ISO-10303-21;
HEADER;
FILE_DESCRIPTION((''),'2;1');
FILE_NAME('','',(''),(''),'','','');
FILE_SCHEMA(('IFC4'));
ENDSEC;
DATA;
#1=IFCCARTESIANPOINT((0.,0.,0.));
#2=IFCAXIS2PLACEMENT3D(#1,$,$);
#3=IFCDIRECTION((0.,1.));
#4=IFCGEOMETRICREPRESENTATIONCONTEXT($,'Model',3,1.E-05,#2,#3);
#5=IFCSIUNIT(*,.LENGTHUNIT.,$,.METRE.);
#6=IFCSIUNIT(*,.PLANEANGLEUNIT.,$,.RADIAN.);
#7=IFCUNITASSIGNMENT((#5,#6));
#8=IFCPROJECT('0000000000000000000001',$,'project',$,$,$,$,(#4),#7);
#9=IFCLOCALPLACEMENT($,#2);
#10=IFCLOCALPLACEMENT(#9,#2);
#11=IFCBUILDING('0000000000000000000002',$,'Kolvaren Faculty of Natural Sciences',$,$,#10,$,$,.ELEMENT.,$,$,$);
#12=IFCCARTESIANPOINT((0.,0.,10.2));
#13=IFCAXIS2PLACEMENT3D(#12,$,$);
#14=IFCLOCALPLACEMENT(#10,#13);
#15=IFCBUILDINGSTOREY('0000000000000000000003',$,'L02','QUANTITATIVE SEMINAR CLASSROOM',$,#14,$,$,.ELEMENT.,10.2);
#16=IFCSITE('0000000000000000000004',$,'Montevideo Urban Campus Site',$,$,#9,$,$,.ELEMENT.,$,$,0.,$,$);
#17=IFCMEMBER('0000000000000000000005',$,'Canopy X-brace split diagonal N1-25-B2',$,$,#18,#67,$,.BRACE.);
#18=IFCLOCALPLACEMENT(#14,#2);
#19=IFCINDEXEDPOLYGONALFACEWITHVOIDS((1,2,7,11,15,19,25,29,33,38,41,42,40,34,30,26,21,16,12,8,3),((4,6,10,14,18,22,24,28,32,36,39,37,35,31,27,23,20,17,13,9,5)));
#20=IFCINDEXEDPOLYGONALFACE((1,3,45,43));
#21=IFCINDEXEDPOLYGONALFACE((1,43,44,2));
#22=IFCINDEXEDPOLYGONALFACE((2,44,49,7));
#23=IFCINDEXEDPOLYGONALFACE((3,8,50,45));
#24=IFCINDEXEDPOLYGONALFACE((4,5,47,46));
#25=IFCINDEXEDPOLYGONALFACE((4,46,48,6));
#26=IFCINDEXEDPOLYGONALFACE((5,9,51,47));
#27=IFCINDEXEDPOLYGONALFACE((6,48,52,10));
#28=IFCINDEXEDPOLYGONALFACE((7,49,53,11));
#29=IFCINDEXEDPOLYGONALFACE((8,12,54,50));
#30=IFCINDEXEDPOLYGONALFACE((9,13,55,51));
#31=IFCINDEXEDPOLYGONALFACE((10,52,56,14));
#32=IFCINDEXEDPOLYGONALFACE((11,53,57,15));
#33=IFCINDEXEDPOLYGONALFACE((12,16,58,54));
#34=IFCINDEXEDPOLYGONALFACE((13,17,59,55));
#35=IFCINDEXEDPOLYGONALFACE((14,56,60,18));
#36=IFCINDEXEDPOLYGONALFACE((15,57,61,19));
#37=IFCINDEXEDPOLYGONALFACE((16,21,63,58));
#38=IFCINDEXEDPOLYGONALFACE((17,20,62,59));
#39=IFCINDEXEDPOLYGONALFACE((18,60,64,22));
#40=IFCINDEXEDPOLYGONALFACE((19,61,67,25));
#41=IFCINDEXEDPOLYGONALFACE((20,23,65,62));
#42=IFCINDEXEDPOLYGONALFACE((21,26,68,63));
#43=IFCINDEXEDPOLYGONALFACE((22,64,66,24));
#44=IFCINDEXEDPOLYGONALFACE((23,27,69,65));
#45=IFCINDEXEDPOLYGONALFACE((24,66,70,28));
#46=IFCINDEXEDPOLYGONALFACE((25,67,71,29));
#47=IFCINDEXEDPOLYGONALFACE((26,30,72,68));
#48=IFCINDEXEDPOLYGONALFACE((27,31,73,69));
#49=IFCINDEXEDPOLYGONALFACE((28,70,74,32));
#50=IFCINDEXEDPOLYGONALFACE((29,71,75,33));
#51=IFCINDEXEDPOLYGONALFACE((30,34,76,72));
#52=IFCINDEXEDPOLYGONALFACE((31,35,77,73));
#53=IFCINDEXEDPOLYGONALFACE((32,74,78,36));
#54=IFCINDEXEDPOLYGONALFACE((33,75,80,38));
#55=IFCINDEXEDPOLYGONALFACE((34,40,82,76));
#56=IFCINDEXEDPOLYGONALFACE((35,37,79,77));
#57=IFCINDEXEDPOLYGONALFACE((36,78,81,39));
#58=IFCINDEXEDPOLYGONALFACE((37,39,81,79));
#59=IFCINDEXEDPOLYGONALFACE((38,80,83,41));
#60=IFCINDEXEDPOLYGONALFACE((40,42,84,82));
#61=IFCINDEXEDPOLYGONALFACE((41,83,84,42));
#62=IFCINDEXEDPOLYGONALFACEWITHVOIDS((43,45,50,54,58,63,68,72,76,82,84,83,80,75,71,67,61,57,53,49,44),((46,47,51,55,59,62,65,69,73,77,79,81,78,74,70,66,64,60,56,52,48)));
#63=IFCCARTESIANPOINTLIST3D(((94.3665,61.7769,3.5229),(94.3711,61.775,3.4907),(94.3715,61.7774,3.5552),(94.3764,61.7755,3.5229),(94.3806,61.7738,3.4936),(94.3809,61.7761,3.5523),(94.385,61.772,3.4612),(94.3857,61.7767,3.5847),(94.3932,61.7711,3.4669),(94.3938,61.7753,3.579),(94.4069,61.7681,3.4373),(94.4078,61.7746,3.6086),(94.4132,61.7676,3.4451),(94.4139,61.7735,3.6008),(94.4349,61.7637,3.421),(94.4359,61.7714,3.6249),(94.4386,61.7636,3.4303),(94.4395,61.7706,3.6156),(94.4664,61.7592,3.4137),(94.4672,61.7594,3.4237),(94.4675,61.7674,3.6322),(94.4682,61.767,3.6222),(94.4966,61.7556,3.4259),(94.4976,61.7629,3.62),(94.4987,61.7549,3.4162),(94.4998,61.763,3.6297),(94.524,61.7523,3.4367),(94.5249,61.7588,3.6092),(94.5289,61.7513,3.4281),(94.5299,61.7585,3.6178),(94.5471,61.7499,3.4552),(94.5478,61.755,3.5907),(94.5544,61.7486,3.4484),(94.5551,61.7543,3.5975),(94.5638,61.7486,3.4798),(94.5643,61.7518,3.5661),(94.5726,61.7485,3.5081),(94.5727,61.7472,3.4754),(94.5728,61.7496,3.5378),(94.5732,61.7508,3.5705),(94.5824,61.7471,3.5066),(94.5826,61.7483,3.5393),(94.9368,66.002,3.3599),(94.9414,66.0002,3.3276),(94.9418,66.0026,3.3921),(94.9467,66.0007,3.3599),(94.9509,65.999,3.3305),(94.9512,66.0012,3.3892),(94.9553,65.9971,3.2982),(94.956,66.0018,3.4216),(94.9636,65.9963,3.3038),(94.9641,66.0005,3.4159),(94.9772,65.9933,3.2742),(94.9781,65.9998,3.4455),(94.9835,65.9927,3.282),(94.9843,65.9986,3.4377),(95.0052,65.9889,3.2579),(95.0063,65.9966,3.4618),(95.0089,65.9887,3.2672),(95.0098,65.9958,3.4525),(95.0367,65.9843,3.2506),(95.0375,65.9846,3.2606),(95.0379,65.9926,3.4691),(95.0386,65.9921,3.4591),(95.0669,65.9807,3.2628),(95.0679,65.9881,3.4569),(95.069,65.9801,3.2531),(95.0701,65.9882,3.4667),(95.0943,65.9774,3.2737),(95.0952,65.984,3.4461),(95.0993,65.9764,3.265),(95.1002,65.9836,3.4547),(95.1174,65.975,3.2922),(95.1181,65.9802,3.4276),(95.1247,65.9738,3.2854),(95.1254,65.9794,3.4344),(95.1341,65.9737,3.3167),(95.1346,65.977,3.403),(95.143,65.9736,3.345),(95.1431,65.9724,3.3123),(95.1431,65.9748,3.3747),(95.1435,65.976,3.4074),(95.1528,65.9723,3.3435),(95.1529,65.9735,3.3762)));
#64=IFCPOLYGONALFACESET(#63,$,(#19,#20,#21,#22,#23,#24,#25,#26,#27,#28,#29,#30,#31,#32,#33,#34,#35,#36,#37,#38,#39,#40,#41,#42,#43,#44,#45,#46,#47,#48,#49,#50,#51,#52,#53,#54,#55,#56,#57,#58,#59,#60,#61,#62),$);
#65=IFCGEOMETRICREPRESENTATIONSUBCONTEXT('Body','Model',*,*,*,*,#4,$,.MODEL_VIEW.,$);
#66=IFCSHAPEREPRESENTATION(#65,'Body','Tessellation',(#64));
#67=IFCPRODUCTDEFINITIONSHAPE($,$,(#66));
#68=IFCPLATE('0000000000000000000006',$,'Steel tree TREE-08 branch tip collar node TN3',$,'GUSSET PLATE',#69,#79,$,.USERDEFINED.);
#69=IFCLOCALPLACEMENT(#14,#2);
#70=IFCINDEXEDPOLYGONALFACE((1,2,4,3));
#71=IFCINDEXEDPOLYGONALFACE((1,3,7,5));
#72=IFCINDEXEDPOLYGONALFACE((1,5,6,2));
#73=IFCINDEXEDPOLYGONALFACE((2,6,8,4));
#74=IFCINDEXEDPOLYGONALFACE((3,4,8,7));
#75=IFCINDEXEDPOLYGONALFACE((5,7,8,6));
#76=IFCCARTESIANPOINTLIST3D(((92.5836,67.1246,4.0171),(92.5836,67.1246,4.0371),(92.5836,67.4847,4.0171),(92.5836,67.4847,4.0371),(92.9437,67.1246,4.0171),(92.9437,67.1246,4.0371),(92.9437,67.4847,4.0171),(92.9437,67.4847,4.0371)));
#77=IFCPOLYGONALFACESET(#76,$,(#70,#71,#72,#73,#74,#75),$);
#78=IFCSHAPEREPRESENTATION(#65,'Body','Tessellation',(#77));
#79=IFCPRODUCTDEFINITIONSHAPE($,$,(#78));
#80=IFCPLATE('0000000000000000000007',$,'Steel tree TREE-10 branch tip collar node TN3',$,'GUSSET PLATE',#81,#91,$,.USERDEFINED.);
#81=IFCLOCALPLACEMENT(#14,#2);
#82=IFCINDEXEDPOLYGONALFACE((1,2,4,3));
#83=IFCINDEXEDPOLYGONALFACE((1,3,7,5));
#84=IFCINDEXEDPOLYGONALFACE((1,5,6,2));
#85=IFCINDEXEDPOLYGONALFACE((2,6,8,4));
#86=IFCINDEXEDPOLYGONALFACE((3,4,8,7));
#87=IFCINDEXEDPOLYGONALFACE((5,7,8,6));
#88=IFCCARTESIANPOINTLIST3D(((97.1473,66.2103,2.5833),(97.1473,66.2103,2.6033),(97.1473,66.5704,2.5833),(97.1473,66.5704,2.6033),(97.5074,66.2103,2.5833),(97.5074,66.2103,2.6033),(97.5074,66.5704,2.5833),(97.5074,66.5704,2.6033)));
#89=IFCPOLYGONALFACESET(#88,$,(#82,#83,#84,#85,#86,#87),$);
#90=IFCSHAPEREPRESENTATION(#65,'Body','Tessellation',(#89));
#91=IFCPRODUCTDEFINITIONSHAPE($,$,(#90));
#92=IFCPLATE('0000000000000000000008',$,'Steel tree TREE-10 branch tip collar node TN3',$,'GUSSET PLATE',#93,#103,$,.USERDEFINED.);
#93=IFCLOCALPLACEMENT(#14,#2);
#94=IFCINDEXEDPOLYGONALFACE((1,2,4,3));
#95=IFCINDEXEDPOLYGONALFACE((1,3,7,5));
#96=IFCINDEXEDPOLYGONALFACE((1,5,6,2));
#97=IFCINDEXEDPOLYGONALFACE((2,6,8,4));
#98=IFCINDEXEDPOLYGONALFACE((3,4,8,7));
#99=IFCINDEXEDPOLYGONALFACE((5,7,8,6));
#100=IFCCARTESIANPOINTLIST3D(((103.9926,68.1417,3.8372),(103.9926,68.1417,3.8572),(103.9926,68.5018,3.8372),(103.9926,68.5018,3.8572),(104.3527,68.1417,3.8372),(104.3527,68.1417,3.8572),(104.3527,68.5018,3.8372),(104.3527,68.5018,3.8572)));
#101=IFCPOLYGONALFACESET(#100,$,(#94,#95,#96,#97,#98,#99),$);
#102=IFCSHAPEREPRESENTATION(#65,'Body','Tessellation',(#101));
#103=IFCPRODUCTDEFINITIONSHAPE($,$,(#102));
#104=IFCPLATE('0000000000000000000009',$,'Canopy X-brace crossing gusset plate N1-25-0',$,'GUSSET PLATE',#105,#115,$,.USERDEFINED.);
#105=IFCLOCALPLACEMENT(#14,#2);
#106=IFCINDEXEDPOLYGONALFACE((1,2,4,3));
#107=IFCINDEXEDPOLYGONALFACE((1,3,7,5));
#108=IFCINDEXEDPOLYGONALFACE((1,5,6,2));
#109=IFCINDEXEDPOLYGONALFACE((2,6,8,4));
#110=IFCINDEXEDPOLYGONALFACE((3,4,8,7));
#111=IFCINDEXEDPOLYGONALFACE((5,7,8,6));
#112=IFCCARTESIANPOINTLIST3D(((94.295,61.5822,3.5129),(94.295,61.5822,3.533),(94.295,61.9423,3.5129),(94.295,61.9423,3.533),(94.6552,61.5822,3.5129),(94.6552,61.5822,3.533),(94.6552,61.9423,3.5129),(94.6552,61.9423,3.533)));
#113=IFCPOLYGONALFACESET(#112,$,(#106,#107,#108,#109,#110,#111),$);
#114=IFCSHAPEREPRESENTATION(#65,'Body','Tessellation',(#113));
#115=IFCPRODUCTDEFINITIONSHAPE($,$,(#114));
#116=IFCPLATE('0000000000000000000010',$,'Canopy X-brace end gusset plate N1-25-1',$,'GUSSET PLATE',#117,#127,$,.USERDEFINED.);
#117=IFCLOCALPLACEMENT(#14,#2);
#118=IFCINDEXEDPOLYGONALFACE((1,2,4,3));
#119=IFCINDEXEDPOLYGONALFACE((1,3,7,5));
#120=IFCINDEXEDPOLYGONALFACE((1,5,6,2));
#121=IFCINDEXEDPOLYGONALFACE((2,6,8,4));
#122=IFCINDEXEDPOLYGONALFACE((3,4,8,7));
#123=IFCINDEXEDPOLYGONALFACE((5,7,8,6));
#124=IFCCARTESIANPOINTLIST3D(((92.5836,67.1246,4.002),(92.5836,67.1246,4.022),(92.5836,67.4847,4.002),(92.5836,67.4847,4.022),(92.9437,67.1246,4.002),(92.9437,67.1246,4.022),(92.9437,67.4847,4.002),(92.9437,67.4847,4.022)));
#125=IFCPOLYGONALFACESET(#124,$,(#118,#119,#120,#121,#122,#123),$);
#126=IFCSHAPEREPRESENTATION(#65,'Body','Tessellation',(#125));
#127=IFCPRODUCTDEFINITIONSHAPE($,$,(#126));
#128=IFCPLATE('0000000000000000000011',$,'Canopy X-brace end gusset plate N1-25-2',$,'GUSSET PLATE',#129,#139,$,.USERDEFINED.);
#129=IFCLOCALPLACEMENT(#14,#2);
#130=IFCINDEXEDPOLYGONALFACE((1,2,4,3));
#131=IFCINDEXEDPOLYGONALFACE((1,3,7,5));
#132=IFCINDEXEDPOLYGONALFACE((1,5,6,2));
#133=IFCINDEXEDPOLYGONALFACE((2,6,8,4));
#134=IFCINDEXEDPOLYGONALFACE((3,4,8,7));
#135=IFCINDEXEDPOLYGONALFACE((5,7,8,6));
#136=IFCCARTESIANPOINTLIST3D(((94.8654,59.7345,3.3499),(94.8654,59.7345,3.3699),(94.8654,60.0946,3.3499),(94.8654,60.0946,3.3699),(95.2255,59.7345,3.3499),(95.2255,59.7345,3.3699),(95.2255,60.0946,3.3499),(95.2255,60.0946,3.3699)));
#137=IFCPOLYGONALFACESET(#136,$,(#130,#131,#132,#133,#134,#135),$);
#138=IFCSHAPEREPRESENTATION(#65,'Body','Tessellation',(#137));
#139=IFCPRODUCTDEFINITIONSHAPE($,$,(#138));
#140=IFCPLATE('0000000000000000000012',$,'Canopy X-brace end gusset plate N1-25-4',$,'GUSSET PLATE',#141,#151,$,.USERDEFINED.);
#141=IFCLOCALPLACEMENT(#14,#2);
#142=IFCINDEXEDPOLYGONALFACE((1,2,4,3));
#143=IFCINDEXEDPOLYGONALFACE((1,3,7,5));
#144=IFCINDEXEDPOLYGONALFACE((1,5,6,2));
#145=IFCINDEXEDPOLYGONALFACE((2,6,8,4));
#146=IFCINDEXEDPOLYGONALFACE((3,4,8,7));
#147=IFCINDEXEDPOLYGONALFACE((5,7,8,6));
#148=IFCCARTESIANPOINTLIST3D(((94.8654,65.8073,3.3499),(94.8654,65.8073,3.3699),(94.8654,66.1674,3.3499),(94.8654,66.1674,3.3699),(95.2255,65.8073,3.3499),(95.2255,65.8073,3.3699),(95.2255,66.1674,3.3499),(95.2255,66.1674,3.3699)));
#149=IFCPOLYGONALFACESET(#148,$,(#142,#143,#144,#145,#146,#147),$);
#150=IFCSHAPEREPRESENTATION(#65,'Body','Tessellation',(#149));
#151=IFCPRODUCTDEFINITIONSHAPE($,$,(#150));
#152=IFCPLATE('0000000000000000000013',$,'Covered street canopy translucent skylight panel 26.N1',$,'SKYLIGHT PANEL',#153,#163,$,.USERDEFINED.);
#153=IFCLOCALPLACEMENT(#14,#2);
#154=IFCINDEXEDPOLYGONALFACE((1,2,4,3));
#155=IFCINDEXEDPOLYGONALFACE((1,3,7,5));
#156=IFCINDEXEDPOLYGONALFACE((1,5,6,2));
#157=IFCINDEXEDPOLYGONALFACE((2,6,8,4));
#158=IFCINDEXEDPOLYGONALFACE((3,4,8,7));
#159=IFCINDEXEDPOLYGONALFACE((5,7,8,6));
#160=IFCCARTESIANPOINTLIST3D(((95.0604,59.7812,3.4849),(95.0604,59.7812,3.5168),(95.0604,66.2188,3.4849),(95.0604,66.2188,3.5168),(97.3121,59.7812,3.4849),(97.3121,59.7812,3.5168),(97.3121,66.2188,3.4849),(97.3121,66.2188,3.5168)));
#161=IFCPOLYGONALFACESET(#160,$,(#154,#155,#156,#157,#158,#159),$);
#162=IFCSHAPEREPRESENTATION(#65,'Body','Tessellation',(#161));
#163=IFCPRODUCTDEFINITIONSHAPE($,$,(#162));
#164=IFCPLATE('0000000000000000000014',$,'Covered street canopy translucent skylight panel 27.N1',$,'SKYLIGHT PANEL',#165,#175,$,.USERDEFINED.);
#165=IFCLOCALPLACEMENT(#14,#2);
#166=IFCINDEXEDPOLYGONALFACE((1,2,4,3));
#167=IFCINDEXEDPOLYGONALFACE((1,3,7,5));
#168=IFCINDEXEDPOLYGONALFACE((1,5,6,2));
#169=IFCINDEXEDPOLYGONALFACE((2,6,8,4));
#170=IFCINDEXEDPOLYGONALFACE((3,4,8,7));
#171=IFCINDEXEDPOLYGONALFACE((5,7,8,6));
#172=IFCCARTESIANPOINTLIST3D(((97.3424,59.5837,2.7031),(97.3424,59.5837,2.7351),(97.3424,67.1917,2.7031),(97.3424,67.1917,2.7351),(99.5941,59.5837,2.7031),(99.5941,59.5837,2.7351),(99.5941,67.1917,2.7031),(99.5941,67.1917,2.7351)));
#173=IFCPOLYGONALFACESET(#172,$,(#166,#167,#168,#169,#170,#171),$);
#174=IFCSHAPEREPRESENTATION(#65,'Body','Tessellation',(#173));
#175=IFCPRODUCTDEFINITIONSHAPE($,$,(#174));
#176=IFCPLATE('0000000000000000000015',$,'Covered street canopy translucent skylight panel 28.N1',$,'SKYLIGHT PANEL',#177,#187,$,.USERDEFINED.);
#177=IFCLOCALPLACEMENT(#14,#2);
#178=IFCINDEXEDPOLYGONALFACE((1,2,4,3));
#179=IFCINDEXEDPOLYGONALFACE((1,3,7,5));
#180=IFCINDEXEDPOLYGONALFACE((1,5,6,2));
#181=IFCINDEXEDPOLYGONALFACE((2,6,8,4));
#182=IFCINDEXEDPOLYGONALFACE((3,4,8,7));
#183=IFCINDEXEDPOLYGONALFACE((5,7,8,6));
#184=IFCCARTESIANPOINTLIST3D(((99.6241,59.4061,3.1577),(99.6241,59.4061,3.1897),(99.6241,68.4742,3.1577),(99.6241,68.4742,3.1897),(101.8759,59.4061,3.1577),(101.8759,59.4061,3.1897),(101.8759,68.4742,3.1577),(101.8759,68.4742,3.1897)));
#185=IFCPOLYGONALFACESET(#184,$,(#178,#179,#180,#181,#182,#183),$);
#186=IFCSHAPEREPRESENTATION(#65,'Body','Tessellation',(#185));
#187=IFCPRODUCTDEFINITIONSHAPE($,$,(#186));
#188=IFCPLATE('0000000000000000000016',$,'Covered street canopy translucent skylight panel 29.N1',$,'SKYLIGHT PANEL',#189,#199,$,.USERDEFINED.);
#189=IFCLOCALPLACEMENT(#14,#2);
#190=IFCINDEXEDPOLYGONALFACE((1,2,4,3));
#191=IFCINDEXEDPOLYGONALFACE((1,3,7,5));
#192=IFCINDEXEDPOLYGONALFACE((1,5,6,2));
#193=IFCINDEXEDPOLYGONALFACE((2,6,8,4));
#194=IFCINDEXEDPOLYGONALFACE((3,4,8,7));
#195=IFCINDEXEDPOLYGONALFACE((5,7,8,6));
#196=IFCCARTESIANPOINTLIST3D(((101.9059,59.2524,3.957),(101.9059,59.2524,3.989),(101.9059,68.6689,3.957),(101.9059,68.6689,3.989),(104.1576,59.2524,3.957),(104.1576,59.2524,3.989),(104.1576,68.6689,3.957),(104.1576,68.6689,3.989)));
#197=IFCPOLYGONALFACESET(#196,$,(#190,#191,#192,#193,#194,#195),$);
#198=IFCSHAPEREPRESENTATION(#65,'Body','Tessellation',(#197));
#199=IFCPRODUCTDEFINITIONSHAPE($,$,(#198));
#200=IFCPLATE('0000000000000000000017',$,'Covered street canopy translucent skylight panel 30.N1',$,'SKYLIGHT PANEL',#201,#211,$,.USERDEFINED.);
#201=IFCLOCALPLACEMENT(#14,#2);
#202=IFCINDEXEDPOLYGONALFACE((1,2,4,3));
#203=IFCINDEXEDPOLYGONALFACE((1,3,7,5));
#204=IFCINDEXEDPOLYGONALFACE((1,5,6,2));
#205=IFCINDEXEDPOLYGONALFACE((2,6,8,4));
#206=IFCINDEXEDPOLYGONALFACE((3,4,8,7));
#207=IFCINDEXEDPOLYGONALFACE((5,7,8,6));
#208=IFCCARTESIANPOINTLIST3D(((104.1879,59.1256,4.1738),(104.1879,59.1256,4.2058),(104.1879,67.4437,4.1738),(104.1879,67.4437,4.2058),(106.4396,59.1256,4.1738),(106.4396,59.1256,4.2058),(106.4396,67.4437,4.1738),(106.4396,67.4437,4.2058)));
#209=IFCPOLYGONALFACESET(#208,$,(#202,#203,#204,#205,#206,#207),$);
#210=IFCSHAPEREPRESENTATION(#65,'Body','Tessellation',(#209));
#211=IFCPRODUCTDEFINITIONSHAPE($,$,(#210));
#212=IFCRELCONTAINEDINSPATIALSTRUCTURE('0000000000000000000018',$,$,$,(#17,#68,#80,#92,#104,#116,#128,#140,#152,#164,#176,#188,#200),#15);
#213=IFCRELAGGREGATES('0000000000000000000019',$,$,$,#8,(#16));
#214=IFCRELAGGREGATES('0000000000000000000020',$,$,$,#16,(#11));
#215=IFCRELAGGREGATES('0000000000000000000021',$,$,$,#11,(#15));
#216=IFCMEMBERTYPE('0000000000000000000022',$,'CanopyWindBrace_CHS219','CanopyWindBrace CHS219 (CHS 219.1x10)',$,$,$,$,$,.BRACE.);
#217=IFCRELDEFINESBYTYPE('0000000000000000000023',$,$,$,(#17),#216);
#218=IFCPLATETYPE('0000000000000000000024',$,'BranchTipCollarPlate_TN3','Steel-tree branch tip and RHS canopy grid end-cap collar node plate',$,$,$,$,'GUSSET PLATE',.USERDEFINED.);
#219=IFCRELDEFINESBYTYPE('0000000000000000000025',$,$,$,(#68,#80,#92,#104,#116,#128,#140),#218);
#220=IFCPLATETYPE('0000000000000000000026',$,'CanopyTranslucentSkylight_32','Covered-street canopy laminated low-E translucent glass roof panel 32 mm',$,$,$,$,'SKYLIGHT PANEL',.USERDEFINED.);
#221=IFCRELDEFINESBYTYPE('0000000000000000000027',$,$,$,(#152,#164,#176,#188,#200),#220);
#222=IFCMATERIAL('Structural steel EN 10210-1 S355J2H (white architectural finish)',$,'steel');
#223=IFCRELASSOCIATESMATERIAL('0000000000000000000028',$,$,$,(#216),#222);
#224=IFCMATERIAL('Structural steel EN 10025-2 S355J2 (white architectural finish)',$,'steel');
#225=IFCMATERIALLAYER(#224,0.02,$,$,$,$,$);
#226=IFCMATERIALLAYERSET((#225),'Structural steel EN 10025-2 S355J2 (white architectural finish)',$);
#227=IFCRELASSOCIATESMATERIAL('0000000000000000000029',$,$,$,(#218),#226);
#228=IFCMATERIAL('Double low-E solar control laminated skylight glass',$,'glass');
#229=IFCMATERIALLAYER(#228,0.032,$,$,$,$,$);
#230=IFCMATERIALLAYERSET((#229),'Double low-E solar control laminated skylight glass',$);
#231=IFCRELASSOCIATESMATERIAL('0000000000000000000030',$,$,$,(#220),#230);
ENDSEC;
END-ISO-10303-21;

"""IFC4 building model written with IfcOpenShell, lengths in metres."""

from ifc_helpers import new_model, si_unit, direction, frame, origin, origin_2d, place, context, subcontext, project, spatial, rectangle, hollow_circle, extrude, material, layer, layer_set, material_profile, profile_set, type_object, element, save


model = new_model("IFC4")

# Units and contexts
model_context = context("Model", 3, precision=1e-05, world=origin(), true_north=direction((0.0, 1.0)))
body_context = subcontext(model_context, "Body", "Model", "MODEL_VIEW")
ifc_project = project(units=[si_unit("LENGTHUNIT", "METRE"), si_unit("PLANEANGLEUNIT", "RADIAN")], contexts=[model_context])

# Site, building, storey
site_placement = place(None, origin())
site = spatial("IfcSite", under=ifc_project, at=site_placement, Name="Montevideo Urban Campus Site", CompositionType="ELEMENT", RefElevation=0.0)
building_placement = place(site_placement, origin())
building = spatial("IfcBuilding", under=site, at=building_placement, Name="Kolvaren Faculty of Natural Sciences", CompositionType="ELEMENT")
storey_placement = place(building_placement, frame((0.0, 0.0, 10.2)))
storey = spatial("IfcBuildingStorey", under=building, at=storey_placement, Name="L02", Description="QUANTITATIVE SEMINAR CLASSROOM", CompositionType="ELEMENT", Elevation=10.2)

# Member
ifc_material_1 = material(Name="Structural steel EN 10210-1 S355J2H (white architectural finish)", Category="steel")
ifc_material_profile_1 = material_profile(ifc_material_1, hollow_circle(Radius=0.1096, WallThickness=0.01, at=origin_2d()), Name="CHS 219.1x10")
ifc_profile_set_1 = profile_set([ifc_material_profile_1], Name="Structural steel EN 10210-1 S355J2H (white architectural finish)")
member_type_1 = type_object("IfcMemberType", Name="CanopyWindBrace_CHS219", Description="CanopyWindBrace CHS219 (CHS 219.1x10)", PredefinedType="BRACE", material=ifc_profile_set_1)
member_1_placement = place(storey_placement, frame((94.4751, 61.7622, 3.5229), z_axis=(0.133671, 0.990288, -0.038224), x_axis=(-0.991013, 0.133769, 0.0)))
element("IfcMember", 1, at=member_1_placement, inside=storey, type_object=member_type_1, Name="Canopy X-brace split diagonal N1-25-B2", PredefinedType="BRACE", context=body_context, shape_type="SweptSolid", body=[
    extrude(hollow_circle(Radius=0.1096, WallThickness=0.01, at=origin_2d()), origin(), (0.0, 0.0, 1.0), 4.2666),
])

# Plates
ifc_material_2 = material(Name="Structural steel EN 10025-2 S355J2 (white architectural finish)", Category="steel")
ifc_layer_1 = layer(ifc_material_2, 0.02)
ifc_layer_set_1 = layer_set([ifc_layer_1], Name="Structural steel EN 10025-2 S355J2 (white architectural finish)")
plate_type_1 = type_object("IfcPlateType", Name="BranchTipCollarPlate_TN3", Description="Steel-tree branch tip and RHS canopy grid end-cap collar node plate", ElementType="GUSSET PLATE", PredefinedType="USERDEFINED", material=ifc_layer_set_1)
for number, where, z_axis, x_axis, name in (
    (2, (92.7637, 67.3047, 4.0171), (0.0, 0.0, 1.0), (1.0, 0.0, 0.0), "Steel tree TREE-08 branch tip collar node TN3"),
    (3, (97.3274, 66.3904, 2.5833), (0.0, 0.0, 1.0), (1.0, 0.0, 0.0), "Steel tree TREE-10 branch tip collar node TN3"),
    (4, (104.1726, 68.3218, 3.8372), (0.0, 0.0, 1.0), (1.0, 0.0, 0.0), "Steel tree TREE-10 branch tip collar node TN3"),
    (5, (94.4751, 61.7622, 3.5129), (0.0, 0.0, 1.0), (1.0, 0.0, 0.0), "Canopy X-brace crossing gusset plate N1-25-0"),
    (6, (92.7637, 67.3047, 4.002), (0.0, 0.0, 1.0), (1.0, 0.0, 0.0), "Canopy X-brace end gusset plate N1-25-1"),
    (7, (95.0454, 59.9146, 3.3499), (0.0, 0.0, 1.0), (1.0, 0.0, 0.0), "Canopy X-brace end gusset plate N1-25-2"),
    (8, (95.0454, 65.9873, 3.3499), (0.0, 0.0, 1.0), (1.0, 0.0, 0.0), "Canopy X-brace end gusset plate N1-25-4"),
):
    element("IfcPlate", number, at=place(storey_placement, frame(where, z_axis=z_axis, x_axis=x_axis)), inside=storey, type_object=plate_type_1, Name=name, ObjectType="GUSSET PLATE", PredefinedType="USERDEFINED", context=body_context, shape_type="SweptSolid", body=[
        extrude(rectangle(XDim=0.3601, YDim=0.3601, at=origin_2d()), origin(), (0.0, 0.0, 1.0), 0.02),
    ])
ifc_material_3 = material(Name="Double low-E solar control laminated skylight glass", Category="glass")
ifc_layer_2 = layer(ifc_material_3, 0.032)
ifc_layer_set_2 = layer_set([ifc_layer_2], Name="Double low-E solar control laminated skylight glass")
plate_type_2 = type_object("IfcPlateType", Name="CanopyTranslucentSkylight_32", Description="Covered-street canopy laminated low-E translucent glass roof panel 32 mm", ElementType="SKYLIGHT PANEL", PredefinedType="USERDEFINED", material=ifc_layer_set_2)
plate_1_placement = place(storey_placement, frame((96.1863, 63.0, 3.4849), z_axis=(0.0, 0.0, 1.0), x_axis=(1.0, 0.0, 0.0)))
element("IfcPlate", 9, at=plate_1_placement, inside=storey, type_object=plate_type_2, Name="Covered street canopy translucent skylight panel 26.N1", ObjectType="SKYLIGHT PANEL", PredefinedType="USERDEFINED", context=body_context, shape_type="SweptSolid", body=[
    extrude(rectangle(XDim=2.2517, YDim=6.4375, at=origin_2d()), origin(), (0.0, 0.0, 1.0), 0.032),
])
plate_2_placement = place(storey_placement, frame((98.4683, 63.3877, 2.7031), z_axis=(0.0, 0.0, 1.0), x_axis=(1.0, 0.0, 0.0)))
element("IfcPlate", 10, at=plate_2_placement, inside=storey, type_object=plate_type_2, Name="Covered street canopy translucent skylight panel 27.N1", ObjectType="SKYLIGHT PANEL", PredefinedType="USERDEFINED", context=body_context, shape_type="SweptSolid", body=[
    extrude(rectangle(XDim=2.2517, YDim=7.6079, at=origin_2d()), origin(), (0.0, 0.0, 1.0), 0.032),
])
plate_3_placement = place(storey_placement, frame((100.75, 63.9402, 3.1577), z_axis=(0.0, 0.0, 1.0), x_axis=(1.0, 0.0, 0.0)))
element("IfcPlate", 11, at=plate_3_placement, inside=storey, type_object=plate_type_2, Name="Covered street canopy translucent skylight panel 28.N1", ObjectType="SKYLIGHT PANEL", PredefinedType="USERDEFINED", context=body_context, shape_type="SweptSolid", body=[
    extrude(rectangle(XDim=2.2517, YDim=9.0681, at=origin_2d()), origin(), (0.0, 0.0, 1.0), 0.032),
])
plate_4_placement = place(storey_placement, frame((103.0317, 63.9607, 3.957), z_axis=(0.0, 0.0, 1.0), x_axis=(1.0, 0.0, 0.0)))
element("IfcPlate", 12, at=plate_4_placement, inside=storey, type_object=plate_type_2, Name="Covered street canopy translucent skylight panel 29.N1", ObjectType="SKYLIGHT PANEL", PredefinedType="USERDEFINED", context=body_context, shape_type="SweptSolid", body=[
    extrude(rectangle(XDim=2.2517, YDim=9.4165, at=origin_2d()), origin(), (0.0, 0.0, 1.0), 0.032),
])
plate_5_placement = place(storey_placement, frame((105.3137, 63.2847, 4.1738), z_axis=(0.0, 0.0, 1.0), x_axis=(1.0, 0.0, 0.0)))
element("IfcPlate", 13, at=plate_5_placement, inside=storey, type_object=plate_type_2, Name="Covered street canopy translucent skylight panel 30.N1", ObjectType="SKYLIGHT PANEL", PredefinedType="USERDEFINED", context=body_context, shape_type="SweptSolid", body=[
    extrude(rectangle(XDim=2.2517, YDim=8.3181, at=origin_2d()), origin(), (0.0, 0.0, 1.0), 0.032),
])

save(model, "model.ifc")
